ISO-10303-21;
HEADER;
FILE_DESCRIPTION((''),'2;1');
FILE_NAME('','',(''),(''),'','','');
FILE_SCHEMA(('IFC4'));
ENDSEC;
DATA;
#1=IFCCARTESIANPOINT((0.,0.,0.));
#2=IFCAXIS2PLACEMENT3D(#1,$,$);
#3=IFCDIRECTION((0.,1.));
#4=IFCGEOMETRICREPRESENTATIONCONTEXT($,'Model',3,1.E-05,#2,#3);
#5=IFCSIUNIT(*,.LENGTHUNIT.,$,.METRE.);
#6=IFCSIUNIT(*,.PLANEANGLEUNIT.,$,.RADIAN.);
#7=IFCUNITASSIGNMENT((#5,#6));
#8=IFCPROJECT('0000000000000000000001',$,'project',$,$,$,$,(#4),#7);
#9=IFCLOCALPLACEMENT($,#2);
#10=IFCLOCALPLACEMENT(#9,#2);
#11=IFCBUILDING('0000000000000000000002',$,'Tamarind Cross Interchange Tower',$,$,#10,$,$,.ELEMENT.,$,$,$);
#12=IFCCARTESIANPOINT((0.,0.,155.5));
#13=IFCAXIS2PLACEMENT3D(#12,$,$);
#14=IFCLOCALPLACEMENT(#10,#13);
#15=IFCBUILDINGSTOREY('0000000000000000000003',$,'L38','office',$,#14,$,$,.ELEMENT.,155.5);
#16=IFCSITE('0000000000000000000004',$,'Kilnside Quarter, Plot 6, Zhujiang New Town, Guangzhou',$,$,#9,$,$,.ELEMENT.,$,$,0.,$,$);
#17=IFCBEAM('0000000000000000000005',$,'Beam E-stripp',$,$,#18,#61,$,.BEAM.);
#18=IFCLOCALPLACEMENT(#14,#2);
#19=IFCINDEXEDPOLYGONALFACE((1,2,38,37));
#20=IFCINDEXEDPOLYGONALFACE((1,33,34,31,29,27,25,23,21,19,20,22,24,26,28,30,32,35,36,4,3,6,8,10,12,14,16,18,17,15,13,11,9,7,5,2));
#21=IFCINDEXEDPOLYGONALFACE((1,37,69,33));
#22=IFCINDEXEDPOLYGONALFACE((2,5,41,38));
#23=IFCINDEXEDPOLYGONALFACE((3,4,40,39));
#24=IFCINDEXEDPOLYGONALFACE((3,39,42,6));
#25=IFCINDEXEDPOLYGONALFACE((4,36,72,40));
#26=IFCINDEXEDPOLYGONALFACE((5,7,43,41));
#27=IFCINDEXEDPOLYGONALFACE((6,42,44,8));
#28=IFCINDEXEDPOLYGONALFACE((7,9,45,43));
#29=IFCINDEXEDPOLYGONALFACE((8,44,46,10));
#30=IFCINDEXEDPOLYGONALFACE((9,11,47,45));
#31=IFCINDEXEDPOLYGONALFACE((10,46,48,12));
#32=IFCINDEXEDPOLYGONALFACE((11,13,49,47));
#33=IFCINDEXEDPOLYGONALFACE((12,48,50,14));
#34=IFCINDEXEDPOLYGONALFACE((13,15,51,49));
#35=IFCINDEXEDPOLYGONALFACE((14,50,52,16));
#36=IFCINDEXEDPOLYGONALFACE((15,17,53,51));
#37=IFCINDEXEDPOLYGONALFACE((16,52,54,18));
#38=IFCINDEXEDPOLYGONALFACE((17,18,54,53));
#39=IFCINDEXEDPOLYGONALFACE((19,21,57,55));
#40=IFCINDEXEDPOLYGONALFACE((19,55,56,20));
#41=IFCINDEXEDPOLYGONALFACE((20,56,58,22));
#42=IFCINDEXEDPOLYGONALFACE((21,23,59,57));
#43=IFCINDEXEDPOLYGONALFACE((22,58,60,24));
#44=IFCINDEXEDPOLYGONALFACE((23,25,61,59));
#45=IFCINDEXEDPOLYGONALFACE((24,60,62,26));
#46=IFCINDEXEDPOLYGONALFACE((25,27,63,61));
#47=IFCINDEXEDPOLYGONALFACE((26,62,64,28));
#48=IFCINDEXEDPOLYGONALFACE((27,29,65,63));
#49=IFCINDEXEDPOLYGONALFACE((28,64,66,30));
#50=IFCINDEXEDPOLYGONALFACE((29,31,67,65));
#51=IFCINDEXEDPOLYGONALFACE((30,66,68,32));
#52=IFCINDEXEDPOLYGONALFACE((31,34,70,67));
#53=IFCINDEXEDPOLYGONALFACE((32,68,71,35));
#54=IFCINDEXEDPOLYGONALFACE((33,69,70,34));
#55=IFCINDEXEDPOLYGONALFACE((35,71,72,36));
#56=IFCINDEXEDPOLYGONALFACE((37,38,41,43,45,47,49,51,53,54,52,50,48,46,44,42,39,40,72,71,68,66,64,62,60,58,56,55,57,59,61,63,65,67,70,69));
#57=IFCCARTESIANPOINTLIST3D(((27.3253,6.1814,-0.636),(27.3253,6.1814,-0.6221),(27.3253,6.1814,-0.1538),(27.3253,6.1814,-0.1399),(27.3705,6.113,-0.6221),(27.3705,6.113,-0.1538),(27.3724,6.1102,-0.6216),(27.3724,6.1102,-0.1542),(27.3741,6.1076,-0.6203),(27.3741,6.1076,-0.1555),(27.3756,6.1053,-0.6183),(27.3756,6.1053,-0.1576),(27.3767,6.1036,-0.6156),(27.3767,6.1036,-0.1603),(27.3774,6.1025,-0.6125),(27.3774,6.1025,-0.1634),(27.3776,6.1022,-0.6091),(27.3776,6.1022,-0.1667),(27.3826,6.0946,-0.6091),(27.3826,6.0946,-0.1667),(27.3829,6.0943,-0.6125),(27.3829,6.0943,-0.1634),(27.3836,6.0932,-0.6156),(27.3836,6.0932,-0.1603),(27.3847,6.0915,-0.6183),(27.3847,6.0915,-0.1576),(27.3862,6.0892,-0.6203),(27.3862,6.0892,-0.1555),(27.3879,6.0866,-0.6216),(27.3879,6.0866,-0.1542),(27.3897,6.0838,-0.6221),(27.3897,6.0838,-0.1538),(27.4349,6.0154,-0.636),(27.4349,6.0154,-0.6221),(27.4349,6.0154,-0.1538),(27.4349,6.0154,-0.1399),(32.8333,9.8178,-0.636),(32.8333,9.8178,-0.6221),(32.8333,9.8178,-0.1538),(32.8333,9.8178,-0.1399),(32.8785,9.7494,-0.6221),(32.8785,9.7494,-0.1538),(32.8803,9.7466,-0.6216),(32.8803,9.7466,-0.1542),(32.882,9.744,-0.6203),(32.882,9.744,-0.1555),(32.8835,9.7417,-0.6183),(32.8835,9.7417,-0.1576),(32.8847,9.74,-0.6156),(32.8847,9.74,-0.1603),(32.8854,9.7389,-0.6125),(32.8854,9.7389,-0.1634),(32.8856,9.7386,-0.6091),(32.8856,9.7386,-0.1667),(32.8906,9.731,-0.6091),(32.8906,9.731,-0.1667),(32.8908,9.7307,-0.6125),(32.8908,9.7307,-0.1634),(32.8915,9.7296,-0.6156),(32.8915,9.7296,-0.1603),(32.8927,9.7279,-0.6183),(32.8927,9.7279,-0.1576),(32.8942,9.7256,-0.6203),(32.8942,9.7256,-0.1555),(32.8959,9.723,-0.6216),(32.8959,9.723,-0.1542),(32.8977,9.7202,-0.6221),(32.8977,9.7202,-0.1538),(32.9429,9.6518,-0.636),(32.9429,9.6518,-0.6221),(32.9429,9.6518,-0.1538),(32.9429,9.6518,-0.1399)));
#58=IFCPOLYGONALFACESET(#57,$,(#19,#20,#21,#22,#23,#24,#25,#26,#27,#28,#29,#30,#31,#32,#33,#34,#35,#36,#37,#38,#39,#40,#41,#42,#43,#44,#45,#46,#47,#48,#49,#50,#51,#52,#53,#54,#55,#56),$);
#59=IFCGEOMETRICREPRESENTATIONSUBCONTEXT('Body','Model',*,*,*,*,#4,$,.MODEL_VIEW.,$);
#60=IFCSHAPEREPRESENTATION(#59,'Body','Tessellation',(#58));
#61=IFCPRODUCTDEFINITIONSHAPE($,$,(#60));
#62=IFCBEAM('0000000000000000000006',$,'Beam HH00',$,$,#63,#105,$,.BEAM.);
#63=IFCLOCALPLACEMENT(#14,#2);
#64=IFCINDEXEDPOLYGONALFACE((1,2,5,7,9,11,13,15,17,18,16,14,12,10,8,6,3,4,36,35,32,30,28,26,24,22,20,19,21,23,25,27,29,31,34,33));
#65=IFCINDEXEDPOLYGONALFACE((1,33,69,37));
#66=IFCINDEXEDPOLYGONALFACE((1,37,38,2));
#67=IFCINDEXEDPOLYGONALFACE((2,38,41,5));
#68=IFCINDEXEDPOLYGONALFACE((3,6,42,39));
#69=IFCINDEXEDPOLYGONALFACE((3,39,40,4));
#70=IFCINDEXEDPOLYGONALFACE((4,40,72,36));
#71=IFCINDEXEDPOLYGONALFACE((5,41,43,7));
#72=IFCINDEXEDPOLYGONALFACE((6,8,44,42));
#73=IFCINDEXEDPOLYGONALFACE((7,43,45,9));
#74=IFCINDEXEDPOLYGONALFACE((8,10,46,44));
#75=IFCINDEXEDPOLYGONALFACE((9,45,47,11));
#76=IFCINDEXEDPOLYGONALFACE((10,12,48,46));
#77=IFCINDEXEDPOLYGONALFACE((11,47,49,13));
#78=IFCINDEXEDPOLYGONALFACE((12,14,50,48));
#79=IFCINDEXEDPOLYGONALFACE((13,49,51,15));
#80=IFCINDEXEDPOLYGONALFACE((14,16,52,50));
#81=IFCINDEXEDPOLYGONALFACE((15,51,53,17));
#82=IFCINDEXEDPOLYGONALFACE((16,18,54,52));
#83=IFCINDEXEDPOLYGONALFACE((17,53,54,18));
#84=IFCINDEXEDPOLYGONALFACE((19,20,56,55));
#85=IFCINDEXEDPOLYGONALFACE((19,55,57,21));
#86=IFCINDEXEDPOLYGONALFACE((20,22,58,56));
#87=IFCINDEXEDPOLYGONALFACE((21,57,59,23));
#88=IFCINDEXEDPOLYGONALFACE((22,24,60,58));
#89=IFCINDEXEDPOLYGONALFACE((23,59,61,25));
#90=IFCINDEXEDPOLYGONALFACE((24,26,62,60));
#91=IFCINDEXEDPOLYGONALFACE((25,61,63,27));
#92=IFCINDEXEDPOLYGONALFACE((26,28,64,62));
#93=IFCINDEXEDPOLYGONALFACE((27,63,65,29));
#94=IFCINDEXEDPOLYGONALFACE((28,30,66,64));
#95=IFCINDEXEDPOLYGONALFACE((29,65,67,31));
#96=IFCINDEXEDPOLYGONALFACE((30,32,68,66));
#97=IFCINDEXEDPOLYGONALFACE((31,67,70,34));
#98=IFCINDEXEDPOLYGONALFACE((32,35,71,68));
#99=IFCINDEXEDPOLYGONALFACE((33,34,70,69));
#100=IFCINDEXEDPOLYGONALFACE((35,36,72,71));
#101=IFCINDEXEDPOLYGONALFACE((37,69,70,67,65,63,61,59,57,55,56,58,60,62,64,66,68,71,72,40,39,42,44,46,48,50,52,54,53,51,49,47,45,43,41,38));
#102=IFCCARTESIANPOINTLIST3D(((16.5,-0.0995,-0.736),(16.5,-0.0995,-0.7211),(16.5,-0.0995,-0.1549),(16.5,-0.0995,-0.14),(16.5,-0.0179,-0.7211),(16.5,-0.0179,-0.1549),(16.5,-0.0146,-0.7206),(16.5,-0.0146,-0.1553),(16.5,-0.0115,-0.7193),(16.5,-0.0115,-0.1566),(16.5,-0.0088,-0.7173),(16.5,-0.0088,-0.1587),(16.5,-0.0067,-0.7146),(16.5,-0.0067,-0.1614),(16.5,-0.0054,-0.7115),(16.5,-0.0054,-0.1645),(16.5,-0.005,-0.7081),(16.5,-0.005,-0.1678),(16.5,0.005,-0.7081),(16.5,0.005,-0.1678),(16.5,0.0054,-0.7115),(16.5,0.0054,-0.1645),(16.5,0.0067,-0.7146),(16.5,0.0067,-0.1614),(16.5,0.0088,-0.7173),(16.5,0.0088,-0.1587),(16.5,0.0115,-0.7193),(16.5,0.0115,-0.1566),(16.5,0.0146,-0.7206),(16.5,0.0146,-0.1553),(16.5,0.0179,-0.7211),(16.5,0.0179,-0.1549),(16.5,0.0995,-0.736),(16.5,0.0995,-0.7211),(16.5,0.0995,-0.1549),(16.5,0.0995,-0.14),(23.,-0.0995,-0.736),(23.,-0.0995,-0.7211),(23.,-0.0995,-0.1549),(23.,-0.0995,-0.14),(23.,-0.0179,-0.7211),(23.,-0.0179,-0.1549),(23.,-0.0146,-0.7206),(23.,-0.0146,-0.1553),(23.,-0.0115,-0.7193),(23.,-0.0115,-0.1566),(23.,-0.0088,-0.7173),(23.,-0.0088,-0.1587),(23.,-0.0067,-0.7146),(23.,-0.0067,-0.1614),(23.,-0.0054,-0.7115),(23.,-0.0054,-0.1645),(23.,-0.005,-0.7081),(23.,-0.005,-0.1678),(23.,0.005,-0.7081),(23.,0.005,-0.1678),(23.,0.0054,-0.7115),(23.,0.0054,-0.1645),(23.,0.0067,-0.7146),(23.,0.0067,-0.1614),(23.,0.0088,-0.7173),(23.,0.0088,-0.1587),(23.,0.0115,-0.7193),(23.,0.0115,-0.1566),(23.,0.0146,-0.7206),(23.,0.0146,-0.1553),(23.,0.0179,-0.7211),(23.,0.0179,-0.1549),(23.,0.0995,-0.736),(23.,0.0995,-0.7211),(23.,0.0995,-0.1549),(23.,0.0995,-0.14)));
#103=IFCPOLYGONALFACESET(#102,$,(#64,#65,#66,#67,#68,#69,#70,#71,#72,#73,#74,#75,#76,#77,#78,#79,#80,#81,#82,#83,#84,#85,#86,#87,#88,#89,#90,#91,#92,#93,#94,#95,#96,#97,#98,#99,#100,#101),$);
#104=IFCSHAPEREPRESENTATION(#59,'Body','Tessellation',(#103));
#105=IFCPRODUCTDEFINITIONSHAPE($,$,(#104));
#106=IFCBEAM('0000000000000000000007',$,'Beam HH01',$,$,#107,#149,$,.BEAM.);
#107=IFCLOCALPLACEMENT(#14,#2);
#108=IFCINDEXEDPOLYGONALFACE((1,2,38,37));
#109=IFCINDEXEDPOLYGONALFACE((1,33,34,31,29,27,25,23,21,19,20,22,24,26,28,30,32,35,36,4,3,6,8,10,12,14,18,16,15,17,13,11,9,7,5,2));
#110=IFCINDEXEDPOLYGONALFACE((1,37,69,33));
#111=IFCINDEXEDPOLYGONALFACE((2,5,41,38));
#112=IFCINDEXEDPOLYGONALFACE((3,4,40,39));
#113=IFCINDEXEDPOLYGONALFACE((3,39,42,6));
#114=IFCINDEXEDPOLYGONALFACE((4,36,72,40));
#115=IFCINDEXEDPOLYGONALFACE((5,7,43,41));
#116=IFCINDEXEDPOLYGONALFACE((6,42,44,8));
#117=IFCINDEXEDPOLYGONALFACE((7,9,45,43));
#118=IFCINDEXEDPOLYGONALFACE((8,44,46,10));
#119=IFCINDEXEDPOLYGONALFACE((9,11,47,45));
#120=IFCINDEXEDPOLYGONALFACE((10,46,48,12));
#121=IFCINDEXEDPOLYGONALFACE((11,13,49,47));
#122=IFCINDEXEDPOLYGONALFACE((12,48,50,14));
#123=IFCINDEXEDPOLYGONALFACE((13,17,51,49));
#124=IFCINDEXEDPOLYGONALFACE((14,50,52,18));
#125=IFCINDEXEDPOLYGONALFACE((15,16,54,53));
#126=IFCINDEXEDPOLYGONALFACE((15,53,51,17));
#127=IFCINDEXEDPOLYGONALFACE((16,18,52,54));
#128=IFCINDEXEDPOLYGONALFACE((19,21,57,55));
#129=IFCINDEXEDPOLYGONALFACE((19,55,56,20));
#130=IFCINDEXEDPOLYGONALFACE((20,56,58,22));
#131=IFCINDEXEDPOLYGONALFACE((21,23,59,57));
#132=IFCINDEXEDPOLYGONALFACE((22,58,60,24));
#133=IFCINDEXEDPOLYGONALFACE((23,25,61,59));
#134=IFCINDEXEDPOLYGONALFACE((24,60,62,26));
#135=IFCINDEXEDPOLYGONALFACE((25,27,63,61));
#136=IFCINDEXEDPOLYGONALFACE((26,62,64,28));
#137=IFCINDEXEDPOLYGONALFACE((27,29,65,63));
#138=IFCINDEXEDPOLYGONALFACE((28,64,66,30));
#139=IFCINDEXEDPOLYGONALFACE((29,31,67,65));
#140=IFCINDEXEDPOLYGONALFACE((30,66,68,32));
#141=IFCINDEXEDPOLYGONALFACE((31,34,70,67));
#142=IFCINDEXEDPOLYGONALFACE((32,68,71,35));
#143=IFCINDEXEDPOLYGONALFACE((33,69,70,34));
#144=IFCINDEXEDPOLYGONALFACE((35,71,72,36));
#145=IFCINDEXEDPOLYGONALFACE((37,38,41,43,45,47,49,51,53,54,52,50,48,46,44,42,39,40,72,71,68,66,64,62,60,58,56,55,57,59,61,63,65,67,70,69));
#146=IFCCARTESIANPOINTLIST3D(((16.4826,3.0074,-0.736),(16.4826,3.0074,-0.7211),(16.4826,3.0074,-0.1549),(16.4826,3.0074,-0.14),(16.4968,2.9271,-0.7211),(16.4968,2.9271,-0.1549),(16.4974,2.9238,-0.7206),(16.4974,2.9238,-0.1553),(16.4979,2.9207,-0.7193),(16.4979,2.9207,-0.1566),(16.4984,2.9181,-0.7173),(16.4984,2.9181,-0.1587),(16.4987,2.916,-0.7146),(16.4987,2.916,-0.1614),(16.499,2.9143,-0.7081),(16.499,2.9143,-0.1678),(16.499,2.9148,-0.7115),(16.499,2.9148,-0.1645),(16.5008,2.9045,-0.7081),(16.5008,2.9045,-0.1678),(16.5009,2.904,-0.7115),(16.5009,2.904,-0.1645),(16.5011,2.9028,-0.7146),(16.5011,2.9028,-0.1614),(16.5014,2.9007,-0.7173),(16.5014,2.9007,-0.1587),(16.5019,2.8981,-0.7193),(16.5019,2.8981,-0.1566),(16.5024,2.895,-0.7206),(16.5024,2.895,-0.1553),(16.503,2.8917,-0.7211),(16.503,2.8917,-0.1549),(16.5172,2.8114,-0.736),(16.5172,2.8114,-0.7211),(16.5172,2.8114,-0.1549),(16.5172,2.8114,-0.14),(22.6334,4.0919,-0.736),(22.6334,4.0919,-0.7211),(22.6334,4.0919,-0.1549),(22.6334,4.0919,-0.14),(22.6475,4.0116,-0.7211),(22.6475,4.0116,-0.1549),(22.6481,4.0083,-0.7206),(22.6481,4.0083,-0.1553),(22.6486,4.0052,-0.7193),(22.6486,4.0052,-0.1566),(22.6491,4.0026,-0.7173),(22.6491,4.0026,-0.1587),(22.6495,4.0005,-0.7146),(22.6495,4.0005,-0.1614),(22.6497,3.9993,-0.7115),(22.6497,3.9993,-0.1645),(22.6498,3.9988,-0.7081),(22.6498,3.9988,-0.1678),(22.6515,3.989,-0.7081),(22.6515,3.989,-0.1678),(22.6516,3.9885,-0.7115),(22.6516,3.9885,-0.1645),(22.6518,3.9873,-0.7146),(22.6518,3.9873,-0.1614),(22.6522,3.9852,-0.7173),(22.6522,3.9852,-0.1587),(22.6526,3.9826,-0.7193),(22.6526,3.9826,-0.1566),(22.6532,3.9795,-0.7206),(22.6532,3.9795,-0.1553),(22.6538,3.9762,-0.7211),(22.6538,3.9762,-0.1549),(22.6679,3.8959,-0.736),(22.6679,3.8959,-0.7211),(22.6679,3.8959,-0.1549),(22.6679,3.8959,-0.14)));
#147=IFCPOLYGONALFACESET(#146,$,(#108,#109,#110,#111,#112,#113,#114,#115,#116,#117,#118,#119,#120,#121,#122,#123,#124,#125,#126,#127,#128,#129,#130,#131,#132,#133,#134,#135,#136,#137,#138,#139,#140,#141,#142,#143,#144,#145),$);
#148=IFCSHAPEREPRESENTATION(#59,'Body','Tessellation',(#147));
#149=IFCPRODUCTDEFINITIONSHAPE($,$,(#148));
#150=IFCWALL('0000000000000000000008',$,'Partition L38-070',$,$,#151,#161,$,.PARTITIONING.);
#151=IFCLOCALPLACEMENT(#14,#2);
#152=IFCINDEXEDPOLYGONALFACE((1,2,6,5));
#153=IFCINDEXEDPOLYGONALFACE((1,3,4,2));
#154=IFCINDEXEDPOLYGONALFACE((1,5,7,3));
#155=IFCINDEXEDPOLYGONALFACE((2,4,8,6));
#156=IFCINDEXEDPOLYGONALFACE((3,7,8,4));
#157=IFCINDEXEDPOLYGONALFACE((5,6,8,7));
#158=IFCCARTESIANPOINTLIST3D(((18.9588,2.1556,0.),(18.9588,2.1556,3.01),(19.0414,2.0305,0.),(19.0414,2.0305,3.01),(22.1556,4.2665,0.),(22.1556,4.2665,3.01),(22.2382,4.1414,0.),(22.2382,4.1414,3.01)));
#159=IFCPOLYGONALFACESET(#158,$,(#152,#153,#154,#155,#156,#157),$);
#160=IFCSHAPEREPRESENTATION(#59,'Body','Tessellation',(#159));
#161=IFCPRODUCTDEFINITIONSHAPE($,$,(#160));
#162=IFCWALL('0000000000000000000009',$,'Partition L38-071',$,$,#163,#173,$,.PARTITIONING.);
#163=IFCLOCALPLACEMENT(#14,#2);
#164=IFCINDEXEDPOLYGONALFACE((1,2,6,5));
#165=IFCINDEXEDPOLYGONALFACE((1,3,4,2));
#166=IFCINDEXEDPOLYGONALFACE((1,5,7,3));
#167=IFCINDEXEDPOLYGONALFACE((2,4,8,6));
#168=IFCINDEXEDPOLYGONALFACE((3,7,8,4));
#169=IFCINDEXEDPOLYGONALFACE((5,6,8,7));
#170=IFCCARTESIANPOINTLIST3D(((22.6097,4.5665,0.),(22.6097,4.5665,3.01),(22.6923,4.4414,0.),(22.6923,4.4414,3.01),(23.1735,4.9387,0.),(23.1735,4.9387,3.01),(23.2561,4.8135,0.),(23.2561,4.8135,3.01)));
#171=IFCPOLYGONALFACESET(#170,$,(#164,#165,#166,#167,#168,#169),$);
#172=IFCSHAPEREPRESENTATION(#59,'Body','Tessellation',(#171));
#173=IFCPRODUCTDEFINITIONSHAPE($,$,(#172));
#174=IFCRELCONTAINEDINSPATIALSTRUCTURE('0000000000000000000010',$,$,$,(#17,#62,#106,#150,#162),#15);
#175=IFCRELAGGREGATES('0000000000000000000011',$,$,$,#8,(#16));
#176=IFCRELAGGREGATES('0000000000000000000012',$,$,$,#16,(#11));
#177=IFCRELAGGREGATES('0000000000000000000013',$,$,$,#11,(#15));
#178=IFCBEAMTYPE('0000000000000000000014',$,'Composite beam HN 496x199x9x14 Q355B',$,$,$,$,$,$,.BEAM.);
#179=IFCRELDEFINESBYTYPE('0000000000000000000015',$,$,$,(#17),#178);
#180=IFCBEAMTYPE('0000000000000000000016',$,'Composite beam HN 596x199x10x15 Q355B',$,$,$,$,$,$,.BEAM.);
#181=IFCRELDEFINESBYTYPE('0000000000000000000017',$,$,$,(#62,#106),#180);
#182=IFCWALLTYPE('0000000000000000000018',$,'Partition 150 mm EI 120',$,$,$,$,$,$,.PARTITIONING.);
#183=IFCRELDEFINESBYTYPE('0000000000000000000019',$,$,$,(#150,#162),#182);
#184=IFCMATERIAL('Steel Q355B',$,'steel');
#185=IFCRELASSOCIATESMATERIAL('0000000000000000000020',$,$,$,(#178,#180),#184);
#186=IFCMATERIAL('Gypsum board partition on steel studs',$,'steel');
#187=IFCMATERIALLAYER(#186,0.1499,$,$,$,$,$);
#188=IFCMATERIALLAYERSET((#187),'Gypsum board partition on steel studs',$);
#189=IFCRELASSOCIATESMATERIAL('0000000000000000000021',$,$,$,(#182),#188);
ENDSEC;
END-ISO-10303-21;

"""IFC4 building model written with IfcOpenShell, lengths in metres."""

from ifc_helpers import new_model, si_unit, direction, frame, frame_2d, origin, origin_2d, place, context, subcontext, project, spatial, rectangle, i_section, extrude, material, layer, layer_set, material_profile, profile_set, type_object, element, save


model = new_model("IFC4")

# Units and contexts
model_context = context("Model", 3, precision=1e-05, world=origin(), true_north=direction((0.0, 1.0)))
body_context = subcontext(model_context, "Body", "Model", "MODEL_VIEW")
ifc_project = project(units=[si_unit("LENGTHUNIT", "METRE"), si_unit("PLANEANGLEUNIT", "RADIAN")], contexts=[model_context])

# Site, building, storey
site_placement = place(None, origin())
site = spatial("IfcSite", under=ifc_project, at=site_placement, Name="Kilnside Quarter, Plot 6, Zhujiang New Town, Guangzhou", CompositionType="ELEMENT", RefElevation=0.0)
building_placement = place(site_placement, origin())
building = spatial("IfcBuilding", under=site, at=building_placement, Name="Tamarind Cross Interchange Tower", CompositionType="ELEMENT")
storey_placement = place(building_placement, frame((0.0, 0.0, 155.5)))
storey = spatial("IfcBuildingStorey", under=building, at=storey_placement, Name="L38", Description="office", CompositionType="ELEMENT", Elevation=155.5)

# Beams
ifc_material_1 = material(Name="Steel Q355B", Category="steel")
ifc_material_profile_1 = material_profile(ifc_material_1, i_section(OverallWidth=0.199, OverallDepth=0.4961, WebThickness=0.009, FlangeThickness=0.0139, FilletRadius=0.0129, at=origin_2d()), Name="HN 496x199x9x14")
ifc_profile_set_1 = profile_set([ifc_material_profile_1], Name="Steel Q355B")
beam_type_1 = type_object("IfcBeamType", Name="Composite beam HN 496x199x9x14 Q355B", PredefinedType="BEAM", material=ifc_profile_set_1)
for number, where, z_axis, x_axis, name in (
    (1, (27.3801, 6.0984, -0.3879), (0.834529, 0.550964, 0.0), (-0.550964, 0.834529, 0.0), "Beam E-stripp"),
):
    element("IfcBeam", number, at=place(storey_placement, frame(where, z_axis=z_axis, x_axis=x_axis)), inside=storey, type_object=beam_type_1, Name=name, PredefinedType="BEAM", context=body_context, shape_type="SweptSolid", body=[
        extrude(i_section(OverallWidth=0.199, OverallDepth=0.4961, WebThickness=0.009, FlangeThickness=0.0139, FilletRadius=0.0129, at=origin_2d()), origin(), (0.0, 0.0, 1.0), 6.6001),
    ])
ifc_material_profile_2 = material_profile(ifc_material_1, i_section(OverallWidth=0.199, OverallDepth=0.5959, WebThickness=0.01, FlangeThickness=0.0149, FilletRadius=0.0129, at=origin_2d()), Name="HN 596x199x10x15")
ifc_profile_set_2 = profile_set([ifc_material_profile_2], Name="Steel Q355B")
beam_type_2 = type_object("IfcBeamType", Name="Composite beam HN 596x199x10x15 Q355B", PredefinedType="BEAM", material=ifc_profile_set_2)
beam_1_placement = place(storey_placement, frame((23.0, 0.0, -0.438), z_axis=(-1.0, 0.0, 0.0), x_axis=(0.0, -1.0, 0.0)))
element("IfcBeam", 2, at=beam_1_placement, inside=storey, type_object=beam_type_2, Name="Beam HH00", PredefinedType="BEAM", context=body_context, shape_type="SweptSolid", body=[
    extrude(i_section(OverallWidth=0.199, OverallDepth=0.5959, WebThickness=0.01, FlangeThickness=0.0149, FilletRadius=0.0129, at=origin_2d()), origin(), (0.0, 0.0, 1.0), 6.5),
])
beam_2_placement = place(storey_placement, frame((22.6506, 3.9939, -0.438), z_axis=(-0.984809, -0.17364, 0.0), x_axis=(0.17364, -0.984809, 0.0)))
element("IfcBeam", 3, at=beam_2_placement, inside=storey, type_object=beam_type_2, Name="Beam HH01", PredefinedType="BEAM", context=body_context, shape_type="SweptSolid", body=[
    extrude(i_section(OverallWidth=0.199, OverallDepth=0.5959, WebThickness=0.01, FlangeThickness=0.0149, FilletRadius=0.0129, at=origin_2d()), origin(), (0.0, 0.0, 1.0), 6.2456),
])

# Walls
ifc_material_2 = material(Name="Gypsum board partition on steel studs", Category="steel")
ifc_layer_1 = layer(ifc_material_2, 0.1499)
ifc_layer_set_1 = layer_set([ifc_layer_1], Name="Gypsum board partition on steel studs")
wall_type_1 = type_object("IfcWallType", Name="Partition 150 mm EI 120", PredefinedType="PARTITIONING", material=ifc_layer_set_1)
wall_1_placement = place(storey_placement, frame((19.0, 2.093, 0.0), z_axis=(0.0, 0.0, 1.0), x_axis=(0.834493, 0.551018, 0.0)))
element("IfcWall", 4, at=wall_1_placement, inside=storey, type_object=wall_type_1, Name="Partition L38-070", PredefinedType="PARTITIONING", context=body_context, shape_type="SweptSolid", body=[
    extrude(rectangle(XDim=3.8308, YDim=0.1499, at=frame_2d((1.9155, 0.0))), origin(), (0.0, 0.0, 1.0), 3.01),
])
wall_2_placement = place(storey_placement, frame((22.6509, 4.5039, 0.0), z_axis=(0.0, 0.0, 1.0), x_axis=(0.834599, 0.550857, 0.0)))
element("IfcWall", 5, at=wall_2_placement, inside=storey, type_object=wall_type_1, Name="Partition L38-071", PredefinedType="PARTITIONING", context=body_context, shape_type="SweptSolid", body=[
    extrude(rectangle(XDim=0.6755, YDim=0.1499, at=frame_2d((0.3379, 0.0))), origin(), (0.0, 0.0, 1.0), 3.01),
])

save(model, "model.ifc")
